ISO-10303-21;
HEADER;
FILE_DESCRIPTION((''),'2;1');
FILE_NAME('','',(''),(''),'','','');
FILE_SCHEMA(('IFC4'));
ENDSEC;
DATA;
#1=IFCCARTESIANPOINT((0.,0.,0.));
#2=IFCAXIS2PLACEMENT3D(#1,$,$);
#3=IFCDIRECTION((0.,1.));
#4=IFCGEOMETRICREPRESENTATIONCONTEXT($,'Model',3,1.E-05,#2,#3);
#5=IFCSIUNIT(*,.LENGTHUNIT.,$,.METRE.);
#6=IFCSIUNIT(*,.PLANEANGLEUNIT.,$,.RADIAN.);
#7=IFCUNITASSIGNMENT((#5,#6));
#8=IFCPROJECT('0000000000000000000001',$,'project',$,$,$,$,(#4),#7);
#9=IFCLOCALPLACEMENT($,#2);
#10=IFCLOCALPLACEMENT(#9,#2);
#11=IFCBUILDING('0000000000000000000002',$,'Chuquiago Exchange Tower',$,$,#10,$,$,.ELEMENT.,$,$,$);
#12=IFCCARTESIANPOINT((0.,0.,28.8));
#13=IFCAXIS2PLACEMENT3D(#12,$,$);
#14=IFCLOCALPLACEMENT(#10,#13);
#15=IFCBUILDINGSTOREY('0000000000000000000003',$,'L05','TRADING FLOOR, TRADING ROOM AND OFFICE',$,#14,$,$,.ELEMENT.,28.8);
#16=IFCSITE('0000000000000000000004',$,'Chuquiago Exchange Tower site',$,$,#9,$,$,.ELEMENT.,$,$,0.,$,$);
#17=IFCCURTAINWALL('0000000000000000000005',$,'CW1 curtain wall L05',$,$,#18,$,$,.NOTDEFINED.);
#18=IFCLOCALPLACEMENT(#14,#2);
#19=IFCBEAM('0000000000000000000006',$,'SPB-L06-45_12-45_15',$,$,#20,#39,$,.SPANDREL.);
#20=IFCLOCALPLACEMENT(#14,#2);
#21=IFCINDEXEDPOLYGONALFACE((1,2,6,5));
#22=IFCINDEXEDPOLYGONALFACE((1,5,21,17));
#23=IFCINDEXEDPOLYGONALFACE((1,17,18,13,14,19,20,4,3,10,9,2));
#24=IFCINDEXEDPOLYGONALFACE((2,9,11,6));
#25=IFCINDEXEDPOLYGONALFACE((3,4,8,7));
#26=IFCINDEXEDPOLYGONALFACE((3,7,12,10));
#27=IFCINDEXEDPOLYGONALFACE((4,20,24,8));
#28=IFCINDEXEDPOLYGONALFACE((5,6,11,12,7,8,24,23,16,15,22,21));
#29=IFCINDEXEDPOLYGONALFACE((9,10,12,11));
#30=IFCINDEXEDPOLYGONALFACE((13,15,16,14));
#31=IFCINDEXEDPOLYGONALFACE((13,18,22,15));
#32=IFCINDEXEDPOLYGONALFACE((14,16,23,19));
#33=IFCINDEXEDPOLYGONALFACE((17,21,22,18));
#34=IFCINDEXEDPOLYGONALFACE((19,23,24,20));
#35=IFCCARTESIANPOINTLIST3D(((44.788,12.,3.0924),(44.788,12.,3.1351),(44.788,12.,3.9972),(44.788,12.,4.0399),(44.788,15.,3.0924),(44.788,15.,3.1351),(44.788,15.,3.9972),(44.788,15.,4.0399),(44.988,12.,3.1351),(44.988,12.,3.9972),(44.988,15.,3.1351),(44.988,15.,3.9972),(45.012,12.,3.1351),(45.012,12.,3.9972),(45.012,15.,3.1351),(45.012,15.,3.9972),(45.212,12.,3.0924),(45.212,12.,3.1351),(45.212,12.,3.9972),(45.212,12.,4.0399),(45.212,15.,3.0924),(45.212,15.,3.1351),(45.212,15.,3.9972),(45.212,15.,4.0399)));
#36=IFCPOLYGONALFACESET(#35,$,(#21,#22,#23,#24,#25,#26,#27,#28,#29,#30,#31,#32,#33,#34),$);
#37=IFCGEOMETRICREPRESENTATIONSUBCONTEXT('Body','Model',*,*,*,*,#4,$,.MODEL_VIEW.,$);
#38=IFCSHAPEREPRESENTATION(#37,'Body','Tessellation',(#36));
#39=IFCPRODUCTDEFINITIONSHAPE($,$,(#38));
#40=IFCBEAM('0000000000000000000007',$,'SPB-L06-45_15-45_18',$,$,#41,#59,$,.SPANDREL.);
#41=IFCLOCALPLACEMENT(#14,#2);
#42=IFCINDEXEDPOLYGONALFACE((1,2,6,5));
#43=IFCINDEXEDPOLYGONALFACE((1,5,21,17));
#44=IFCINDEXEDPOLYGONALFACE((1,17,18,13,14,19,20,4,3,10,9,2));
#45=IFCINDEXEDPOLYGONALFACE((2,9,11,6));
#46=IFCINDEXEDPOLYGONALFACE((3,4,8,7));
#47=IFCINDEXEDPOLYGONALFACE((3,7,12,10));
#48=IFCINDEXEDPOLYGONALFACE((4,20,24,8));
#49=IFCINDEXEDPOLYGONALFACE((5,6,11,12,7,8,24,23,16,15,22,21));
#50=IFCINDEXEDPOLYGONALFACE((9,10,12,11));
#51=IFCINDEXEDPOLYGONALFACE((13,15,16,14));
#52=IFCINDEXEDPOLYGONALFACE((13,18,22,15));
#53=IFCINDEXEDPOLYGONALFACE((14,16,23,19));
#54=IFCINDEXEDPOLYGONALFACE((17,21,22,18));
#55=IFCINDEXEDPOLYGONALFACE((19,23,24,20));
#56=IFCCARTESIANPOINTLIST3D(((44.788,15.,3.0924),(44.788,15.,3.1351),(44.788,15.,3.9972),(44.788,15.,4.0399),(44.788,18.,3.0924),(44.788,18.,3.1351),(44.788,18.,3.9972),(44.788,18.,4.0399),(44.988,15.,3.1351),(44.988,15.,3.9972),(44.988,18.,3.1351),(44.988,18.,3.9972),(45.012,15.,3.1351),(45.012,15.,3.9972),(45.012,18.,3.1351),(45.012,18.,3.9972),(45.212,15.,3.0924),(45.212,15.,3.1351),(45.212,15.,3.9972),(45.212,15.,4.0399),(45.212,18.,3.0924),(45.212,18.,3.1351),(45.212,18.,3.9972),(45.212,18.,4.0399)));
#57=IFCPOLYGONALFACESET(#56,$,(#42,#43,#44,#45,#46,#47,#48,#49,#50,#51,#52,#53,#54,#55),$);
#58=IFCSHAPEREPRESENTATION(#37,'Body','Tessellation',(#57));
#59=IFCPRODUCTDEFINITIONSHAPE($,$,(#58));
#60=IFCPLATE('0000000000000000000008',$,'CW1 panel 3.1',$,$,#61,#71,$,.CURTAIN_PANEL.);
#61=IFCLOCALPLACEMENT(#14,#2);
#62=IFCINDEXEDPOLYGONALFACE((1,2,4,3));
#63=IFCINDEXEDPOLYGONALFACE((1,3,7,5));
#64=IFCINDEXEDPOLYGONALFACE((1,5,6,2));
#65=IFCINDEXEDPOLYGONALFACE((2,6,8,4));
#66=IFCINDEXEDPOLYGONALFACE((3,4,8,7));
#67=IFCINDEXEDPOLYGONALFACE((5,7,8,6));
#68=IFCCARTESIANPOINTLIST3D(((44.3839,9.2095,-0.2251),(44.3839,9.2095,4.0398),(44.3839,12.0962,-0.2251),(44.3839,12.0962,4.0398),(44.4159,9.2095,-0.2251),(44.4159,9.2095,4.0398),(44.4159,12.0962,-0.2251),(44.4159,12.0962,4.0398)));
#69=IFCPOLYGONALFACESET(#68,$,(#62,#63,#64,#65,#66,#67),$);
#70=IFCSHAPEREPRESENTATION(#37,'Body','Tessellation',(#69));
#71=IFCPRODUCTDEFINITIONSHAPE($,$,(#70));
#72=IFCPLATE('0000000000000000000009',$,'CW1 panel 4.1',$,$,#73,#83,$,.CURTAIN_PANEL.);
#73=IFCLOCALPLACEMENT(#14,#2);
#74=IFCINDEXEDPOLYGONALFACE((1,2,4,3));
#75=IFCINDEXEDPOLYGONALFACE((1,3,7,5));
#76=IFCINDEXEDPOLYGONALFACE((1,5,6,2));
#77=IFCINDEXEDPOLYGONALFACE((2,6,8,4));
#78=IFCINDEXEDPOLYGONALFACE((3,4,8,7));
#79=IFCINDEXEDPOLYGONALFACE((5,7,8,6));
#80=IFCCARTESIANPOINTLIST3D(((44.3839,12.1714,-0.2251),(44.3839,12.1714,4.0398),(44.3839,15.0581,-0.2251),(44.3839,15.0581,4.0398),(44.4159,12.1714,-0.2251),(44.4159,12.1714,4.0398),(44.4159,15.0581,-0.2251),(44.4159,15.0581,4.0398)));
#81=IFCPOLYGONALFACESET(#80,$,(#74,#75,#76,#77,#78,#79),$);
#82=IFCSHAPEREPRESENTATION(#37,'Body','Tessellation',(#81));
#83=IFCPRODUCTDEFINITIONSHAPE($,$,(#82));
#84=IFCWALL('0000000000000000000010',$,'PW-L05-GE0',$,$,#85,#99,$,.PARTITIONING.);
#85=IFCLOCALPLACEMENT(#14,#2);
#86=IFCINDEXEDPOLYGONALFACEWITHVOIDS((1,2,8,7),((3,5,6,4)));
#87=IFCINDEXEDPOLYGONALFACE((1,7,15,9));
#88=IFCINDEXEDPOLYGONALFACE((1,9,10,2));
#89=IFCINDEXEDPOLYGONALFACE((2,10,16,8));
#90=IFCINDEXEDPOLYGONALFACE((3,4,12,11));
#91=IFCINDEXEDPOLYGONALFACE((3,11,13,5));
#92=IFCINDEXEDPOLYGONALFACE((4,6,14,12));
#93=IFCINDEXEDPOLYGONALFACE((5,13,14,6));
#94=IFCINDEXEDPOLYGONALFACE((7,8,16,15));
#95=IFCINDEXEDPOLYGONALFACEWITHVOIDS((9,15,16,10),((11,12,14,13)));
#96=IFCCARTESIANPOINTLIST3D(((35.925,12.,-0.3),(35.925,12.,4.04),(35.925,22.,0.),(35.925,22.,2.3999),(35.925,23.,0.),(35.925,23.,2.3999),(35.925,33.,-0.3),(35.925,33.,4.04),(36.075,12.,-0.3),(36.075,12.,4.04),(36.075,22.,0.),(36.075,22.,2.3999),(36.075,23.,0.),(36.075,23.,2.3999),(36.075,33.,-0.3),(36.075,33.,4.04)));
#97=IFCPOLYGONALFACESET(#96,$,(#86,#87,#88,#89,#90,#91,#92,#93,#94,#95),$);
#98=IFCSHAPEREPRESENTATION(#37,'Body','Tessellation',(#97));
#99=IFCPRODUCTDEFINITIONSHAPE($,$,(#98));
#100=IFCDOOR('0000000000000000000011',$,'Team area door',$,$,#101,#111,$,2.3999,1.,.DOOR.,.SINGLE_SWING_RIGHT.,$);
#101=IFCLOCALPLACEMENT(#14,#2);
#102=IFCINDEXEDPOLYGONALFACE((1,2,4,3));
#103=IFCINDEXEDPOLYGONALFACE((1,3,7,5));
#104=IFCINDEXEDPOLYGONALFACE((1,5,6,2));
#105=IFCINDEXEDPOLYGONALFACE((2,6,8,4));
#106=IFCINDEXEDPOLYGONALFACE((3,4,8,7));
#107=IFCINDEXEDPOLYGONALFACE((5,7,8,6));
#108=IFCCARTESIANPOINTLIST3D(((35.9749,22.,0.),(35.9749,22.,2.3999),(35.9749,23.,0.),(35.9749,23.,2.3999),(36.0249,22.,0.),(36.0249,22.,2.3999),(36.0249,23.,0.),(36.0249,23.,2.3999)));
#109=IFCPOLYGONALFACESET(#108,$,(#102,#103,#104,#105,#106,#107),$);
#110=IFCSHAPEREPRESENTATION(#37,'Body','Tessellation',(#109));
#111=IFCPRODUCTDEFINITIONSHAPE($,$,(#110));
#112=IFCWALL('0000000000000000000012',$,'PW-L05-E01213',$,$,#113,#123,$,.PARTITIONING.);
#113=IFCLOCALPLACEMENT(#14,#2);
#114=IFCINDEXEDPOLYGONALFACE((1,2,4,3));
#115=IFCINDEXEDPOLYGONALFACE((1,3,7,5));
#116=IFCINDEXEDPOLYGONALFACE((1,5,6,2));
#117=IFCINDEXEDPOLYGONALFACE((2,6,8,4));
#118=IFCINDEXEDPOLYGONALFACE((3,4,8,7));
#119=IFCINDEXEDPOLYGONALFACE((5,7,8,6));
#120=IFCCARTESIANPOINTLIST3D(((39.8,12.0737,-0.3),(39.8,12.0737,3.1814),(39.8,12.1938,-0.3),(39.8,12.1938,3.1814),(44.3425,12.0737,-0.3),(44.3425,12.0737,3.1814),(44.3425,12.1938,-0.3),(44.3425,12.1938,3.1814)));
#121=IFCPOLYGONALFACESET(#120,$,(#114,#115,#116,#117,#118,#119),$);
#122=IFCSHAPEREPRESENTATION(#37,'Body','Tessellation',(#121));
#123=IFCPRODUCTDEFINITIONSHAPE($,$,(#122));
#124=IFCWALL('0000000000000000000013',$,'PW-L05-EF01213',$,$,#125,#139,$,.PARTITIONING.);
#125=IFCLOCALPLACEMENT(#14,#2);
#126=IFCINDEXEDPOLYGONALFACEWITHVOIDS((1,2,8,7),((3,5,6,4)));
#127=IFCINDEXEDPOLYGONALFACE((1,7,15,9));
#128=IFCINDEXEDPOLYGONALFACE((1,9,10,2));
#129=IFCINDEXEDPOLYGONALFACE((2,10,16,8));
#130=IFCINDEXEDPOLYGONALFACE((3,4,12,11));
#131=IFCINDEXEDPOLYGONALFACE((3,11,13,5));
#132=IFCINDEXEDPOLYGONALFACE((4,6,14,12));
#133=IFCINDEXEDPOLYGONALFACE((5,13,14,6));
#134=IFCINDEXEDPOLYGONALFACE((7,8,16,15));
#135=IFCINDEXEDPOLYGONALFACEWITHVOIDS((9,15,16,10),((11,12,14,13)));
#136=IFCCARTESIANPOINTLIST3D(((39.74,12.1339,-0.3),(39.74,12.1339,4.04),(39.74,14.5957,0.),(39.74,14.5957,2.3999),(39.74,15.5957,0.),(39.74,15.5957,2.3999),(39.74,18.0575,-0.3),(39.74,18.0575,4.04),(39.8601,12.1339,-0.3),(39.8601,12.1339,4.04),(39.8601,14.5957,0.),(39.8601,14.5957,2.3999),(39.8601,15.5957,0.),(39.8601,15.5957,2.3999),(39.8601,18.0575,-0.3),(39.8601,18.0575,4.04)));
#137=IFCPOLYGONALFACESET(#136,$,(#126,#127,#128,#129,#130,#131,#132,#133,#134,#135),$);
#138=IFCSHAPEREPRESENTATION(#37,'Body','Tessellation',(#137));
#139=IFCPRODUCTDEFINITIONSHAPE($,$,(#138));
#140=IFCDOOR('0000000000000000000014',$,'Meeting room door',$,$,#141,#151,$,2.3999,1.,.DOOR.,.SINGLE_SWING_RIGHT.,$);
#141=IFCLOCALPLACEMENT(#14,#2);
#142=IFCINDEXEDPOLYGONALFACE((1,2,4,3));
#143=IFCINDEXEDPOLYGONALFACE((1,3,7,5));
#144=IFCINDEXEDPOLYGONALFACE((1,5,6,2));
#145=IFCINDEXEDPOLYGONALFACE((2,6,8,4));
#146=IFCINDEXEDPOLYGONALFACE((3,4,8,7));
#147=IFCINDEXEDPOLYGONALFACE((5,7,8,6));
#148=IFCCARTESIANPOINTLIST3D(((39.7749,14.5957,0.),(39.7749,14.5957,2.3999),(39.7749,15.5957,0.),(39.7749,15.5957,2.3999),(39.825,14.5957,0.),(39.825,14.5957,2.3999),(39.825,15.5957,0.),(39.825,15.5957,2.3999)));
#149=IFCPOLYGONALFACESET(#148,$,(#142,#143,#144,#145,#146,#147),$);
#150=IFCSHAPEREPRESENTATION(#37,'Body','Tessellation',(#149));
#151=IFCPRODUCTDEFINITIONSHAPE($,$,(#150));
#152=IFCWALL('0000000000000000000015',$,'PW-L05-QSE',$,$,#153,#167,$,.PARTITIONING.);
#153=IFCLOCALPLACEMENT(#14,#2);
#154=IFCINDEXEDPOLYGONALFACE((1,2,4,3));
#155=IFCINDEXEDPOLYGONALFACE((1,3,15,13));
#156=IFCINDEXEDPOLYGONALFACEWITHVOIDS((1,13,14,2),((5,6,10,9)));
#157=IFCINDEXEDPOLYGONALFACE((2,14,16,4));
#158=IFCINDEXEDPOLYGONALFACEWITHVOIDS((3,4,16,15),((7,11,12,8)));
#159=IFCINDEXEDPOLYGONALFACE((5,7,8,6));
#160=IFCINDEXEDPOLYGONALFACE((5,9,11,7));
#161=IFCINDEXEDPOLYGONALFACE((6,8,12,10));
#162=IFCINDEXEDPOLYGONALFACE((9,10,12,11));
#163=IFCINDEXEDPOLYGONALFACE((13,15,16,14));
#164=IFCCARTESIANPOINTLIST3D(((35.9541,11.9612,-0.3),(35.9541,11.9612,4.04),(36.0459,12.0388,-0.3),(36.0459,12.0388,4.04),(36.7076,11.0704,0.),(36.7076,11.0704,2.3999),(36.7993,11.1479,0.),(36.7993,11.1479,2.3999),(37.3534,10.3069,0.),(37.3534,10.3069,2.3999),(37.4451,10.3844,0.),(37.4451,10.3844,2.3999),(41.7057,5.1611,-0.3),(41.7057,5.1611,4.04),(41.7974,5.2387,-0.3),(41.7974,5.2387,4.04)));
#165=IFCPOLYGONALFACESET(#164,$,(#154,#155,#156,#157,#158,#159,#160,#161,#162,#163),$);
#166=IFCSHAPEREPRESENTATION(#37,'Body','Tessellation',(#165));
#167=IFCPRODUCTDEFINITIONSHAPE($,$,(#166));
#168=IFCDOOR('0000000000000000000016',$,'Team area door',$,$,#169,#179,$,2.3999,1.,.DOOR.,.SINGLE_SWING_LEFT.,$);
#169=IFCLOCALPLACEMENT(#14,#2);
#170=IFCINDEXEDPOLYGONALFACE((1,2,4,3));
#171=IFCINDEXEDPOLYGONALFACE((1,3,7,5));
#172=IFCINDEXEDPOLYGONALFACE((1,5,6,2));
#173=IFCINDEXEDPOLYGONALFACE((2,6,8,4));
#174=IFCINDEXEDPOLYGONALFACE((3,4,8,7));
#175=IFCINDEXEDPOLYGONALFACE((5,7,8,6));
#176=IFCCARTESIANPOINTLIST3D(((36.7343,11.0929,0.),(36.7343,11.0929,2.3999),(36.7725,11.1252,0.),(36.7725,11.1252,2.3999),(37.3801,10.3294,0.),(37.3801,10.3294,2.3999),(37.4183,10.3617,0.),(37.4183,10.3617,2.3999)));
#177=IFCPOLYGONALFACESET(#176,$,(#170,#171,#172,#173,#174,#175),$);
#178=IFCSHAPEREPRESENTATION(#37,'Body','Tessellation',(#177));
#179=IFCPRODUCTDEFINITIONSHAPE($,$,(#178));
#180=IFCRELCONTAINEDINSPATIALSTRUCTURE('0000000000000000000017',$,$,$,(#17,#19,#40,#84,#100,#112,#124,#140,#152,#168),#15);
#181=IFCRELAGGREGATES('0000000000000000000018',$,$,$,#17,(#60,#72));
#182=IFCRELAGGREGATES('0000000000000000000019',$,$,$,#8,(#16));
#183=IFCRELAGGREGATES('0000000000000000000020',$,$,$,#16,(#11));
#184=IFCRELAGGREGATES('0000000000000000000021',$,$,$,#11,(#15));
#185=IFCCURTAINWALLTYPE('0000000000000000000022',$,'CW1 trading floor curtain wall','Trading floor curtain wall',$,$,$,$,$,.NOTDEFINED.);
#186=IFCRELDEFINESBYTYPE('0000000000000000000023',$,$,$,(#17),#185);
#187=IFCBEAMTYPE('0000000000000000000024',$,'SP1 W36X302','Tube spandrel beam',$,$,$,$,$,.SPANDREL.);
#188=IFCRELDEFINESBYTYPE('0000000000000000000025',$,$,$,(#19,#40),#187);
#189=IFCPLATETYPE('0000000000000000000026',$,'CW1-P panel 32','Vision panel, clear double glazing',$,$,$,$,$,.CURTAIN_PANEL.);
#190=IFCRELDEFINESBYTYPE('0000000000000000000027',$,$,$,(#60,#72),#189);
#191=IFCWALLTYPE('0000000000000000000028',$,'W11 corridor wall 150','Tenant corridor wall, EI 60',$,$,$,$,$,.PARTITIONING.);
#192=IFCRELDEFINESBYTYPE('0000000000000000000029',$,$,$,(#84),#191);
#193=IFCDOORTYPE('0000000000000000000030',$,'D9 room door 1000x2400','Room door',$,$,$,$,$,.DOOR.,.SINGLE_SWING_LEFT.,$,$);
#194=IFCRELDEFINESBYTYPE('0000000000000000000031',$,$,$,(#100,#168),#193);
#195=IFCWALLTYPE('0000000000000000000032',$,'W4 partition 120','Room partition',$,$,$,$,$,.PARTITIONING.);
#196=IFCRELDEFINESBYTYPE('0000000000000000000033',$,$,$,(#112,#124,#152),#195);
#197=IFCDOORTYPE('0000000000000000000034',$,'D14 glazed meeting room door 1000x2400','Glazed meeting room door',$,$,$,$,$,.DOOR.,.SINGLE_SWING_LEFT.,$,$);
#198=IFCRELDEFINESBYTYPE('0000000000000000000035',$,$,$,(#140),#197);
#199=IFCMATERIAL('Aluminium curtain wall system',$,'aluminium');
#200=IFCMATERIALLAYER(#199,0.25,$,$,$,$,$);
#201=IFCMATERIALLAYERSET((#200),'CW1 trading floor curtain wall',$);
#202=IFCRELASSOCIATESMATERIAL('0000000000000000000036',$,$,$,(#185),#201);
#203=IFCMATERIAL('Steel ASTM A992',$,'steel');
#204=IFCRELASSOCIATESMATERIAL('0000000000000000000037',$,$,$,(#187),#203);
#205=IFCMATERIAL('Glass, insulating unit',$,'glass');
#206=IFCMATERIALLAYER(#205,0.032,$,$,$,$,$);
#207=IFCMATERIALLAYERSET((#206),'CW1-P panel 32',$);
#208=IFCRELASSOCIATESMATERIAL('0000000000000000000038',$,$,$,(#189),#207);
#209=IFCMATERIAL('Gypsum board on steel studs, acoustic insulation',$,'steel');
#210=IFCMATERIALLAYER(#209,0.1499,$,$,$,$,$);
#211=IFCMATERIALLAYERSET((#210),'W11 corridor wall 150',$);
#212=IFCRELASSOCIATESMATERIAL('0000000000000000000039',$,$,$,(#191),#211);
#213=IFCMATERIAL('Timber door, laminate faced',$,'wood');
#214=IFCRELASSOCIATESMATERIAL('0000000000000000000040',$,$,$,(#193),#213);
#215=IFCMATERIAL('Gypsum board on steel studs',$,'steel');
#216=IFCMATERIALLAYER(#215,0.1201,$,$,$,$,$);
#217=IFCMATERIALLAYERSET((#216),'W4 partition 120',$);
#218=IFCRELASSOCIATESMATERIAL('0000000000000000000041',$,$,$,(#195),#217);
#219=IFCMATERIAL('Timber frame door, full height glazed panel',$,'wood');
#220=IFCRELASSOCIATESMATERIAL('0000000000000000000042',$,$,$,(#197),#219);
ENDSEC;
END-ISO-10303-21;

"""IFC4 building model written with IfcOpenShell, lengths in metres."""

from ifc_helpers import new_model, si_unit, direction, frame, frame_2d, origin, origin_2d, place, context, subcontext, project, spatial, rectangle, i_section, extrude, material, layer, layer_set, material_profile, profile_set, type_object, element, fill, aggregate, save


model = new_model("IFC4")

# Units and contexts
model_context = context("Model", 3, precision=1e-05, world=origin(), true_north=direction((0.0, 1.0)))
body_context = subcontext(model_context, "Body", "Model", "MODEL_VIEW")
ifc_project = project(units=[si_unit("LENGTHUNIT", "METRE"), si_unit("PLANEANGLEUNIT", "RADIAN")], contexts=[model_context])

# Site, building, storey
site_placement = place(None, origin())
site = spatial("IfcSite", under=ifc_project, at=site_placement, Name="Chuquiago Exchange Tower site", CompositionType="ELEMENT", RefElevation=0.0)
building_placement = place(site_placement, origin())
building = spatial("IfcBuilding", under=site, at=building_placement, Name="Chuquiago Exchange Tower", CompositionType="ELEMENT")
storey_placement = place(building_placement, frame((0.0, 0.0, 28.8)))
storey = spatial("IfcBuildingStorey", under=building, at=storey_placement, Name="L05", Description="TRADING FLOOR, TRADING ROOM AND OFFICE", CompositionType="ELEMENT", Elevation=28.8)

# Curtain wall
ifc_material_1 = material(Name="Aluminium curtain wall system", Category="aluminium")
ifc_layer_1 = layer(ifc_material_1, 0.25)
ifc_layer_set_1 = layer_set([ifc_layer_1], Name="CW1 trading floor curtain wall")
curtain_wall_type = type_object("IfcCurtainWallType", Name="CW1 trading floor curtain wall", Description="Trading floor curtain wall", PredefinedType="NOTDEFINED", material=ifc_layer_set_1)
curtain_wall_placement = place(storey_placement, origin())
curtain_wall = element("IfcCurtainWall", 1, at=curtain_wall_placement, inside=storey, type_object=curtain_wall_type, Name="CW1 curtain wall L05", PredefinedType="NOTDEFINED")

# Beams
ifc_material_2 = material(Name="Steel ASTM A992", Category="steel")
ifc_material_profile_1 = material_profile(ifc_material_2, i_section(OverallWidth=0.4241, OverallDepth=0.9475, WebThickness=0.0239, FlangeThickness=0.0427, at=origin_2d()), Name="W36X302")
ifc_profile_set_1 = profile_set([ifc_material_profile_1], Name="Steel ASTM A992")
beam_type = type_object("IfcBeamType", Name="SP1 W36X302", Description="Tube spandrel beam", PredefinedType="SPANDREL", material=ifc_profile_set_1)
for number, where, z_axis, x_axis, name in (
    (2, (45.0, 12.0, 3.5662), (0.0, 1.0, 0.0), (-1.0, 0.0, 0.0), "SPB-L06-45_12-45_15"),
    (3, (45.0, 15.0, 3.5662), (0.0, 1.0, 0.0), (-1.0, 0.0, 0.0), "SPB-L06-45_15-45_18"),
):
    element("IfcBeam", number, at=place(storey_placement, frame(where, z_axis=z_axis, x_axis=x_axis)), inside=storey, type_object=beam_type, Name=name, PredefinedType="SPANDREL", context=body_context, shape_type="SweptSolid", body=[
        extrude(i_section(OverallWidth=0.4241, OverallDepth=0.9475, WebThickness=0.0239, FlangeThickness=0.0427, at=origin_2d()), origin(), (0.0, 0.0, 1.0), 3.0),
    ])

# Plates
ifc_material_3 = material(Name="Glass, insulating unit", Category="glass")
ifc_layer_2 = layer(ifc_material_3, 0.032)
ifc_layer_set_2 = layer_set([ifc_layer_2], Name="CW1-P panel 32")
plate_type = type_object("IfcPlateType", Name="CW1-P panel 32", Description="Vision panel, clear double glazing", PredefinedType="CURTAIN_PANEL", material=ifc_layer_set_2)
plate_1_placement = place(storey_placement, frame((44.3999, 10.6528, -0.2251), z_axis=(0.0, 0.0, 1.0), x_axis=(0.0, 1.0, 0.0)))
plate_1 = element("IfcPlate", 4, at=plate_1_placement, type_object=plate_type, Name="CW1 panel 3.1", PredefinedType="CURTAIN_PANEL", context=body_context, shape_type="SweptSolid", body=[
    extrude(rectangle(XDim=2.8867, YDim=0.032, at=origin_2d()), origin(), (0.0, 0.0, 1.0), 4.2649),
])
plate_2_placement = place(storey_placement, frame((44.3999, 13.6147, -0.2251), z_axis=(0.0, 0.0, 1.0), x_axis=(0.0, 1.0, 0.0)))
plate_2 = element("IfcPlate", 5, at=plate_2_placement, type_object=plate_type, Name="CW1 panel 4.1", PredefinedType="CURTAIN_PANEL", context=body_context, shape_type="SweptSolid", body=[
    extrude(rectangle(XDim=2.8867, YDim=0.032, at=origin_2d()), origin(), (0.0, 0.0, 1.0), 4.2649),
])
aggregate(curtain_wall, [plate_1, plate_2])

# Wall, opening, door
ifc_material_4 = material(Name="Gypsum board on steel studs, acoustic insulation", Category="steel")
ifc_layer_3 = layer(ifc_material_4, 0.1499)
ifc_layer_set_3 = layer_set([ifc_layer_3], Name="W11 corridor wall 150")
wall_type_1 = type_object("IfcWallType", Name="W11 corridor wall 150", Description="Tenant corridor wall, EI 60", PredefinedType="PARTITIONING", material=ifc_layer_set_3)
wall_1_placement = place(storey_placement, frame((36.0, 12.0, -0.3), z_axis=(0.0, 0.0, 1.0), x_axis=(0.0, 1.0, 0.0)))
wall_1 = element("IfcWall", 6, at=wall_1_placement, inside=storey, type_object=wall_type_1, Name="PW-L05-GE0", PredefinedType="PARTITIONING", context=body_context, shape_type="SweptSolid", body=[
    extrude(rectangle(XDim=21.0, YDim=0.1499, at=frame_2d((10.5, 0.0))), origin(), (0.0, 0.0, 1.0), 4.3401),
])
opening_1_placement = place(wall_1_placement, frame((10.0, 0.0, 0.3)))
opening_1 = element("IfcOpeningElement", 7, at=opening_1_placement, cuts=wall_1, PredefinedType="OPENING", context=body_context, shape_type="SweptSolid", body=[
    extrude(rectangle(XDim=1.0, YDim=2.3999, at=frame_2d((0.5, 1.2))), frame((0.0, 0.085, 0.0), z_axis=(0.0, -1.0, 0.0), x_axis=(1.0, 0.0, 0.0)), (0.0, 0.0, 1.0), 0.1699),
])
ifc_material_5 = material(Name="Timber door, laminate faced", Category="wood")
door_type_1 = type_object("IfcDoorType", Name="D9 room door 1000x2400", Description="Room door", OperationType="SINGLE_SWING_LEFT", PredefinedType="DOOR", material=ifc_material_5)
door_1_placement = place(opening_1_placement, frame((1.0, 0.0, 0.0), z_axis=(0.0, 0.0, 1.0), x_axis=(-1.0, 0.0, 0.0)))
door_1 = element("IfcDoor", 8, at=door_1_placement, inside=storey, type_object=door_type_1, Name="Team area door", OperationType="SINGLE_SWING_RIGHT", OverallHeight=2.3999, OverallWidth=1.0, PredefinedType="DOOR", context=body_context, shape_type="SweptSolid", body=[
    extrude(rectangle(XDim=1.0, YDim=2.3999, at=frame_2d((0.5, 1.2))), frame((0.0, 0.0249, 0.0), z_axis=(0.0, -1.0, 0.0), x_axis=(1.0, 0.0, 0.0)), (0.0, 0.0, 1.0), 0.05),
])
fill(opening_1, door_1)

# Wall
ifc_material_6 = material(Name="Gypsum board on steel studs", Category="steel")
ifc_layer_4 = layer(ifc_material_6, 0.1201)
ifc_layer_set_4 = layer_set([ifc_layer_4], Name="W4 partition 120")
wall_type_2 = type_object("IfcWallType", Name="W4 partition 120", Description="Room partition", PredefinedType="PARTITIONING", material=ifc_layer_set_4)
wall_2_placement = place(storey_placement, frame((44.3425, 12.1338, -0.3), z_axis=(0.0, 0.0, 1.0), x_axis=(-1.0, 0.0, 0.0)))
element("IfcWall", 9, at=wall_2_placement, inside=storey, type_object=wall_type_2, Name="PW-L05-E01213", PredefinedType="PARTITIONING", context=body_context, shape_type="SweptSolid", body=[
    extrude(rectangle(XDim=4.5425, YDim=0.1201, at=frame_2d((2.2712, 0.0))), origin(), (0.0, 0.0, 1.0), 3.4814),
])

# Walls, openings, doors
wall_3_placement = place(storey_placement, frame((39.8, 12.1338, -0.3), z_axis=(0.0, 0.0, 1.0), x_axis=(0.0, 1.0, 0.0)))
wall_3 = element("IfcWall", 10, at=wall_3_placement, inside=storey, type_object=wall_type_2, Name="PW-L05-EF01213", PredefinedType="PARTITIONING", context=body_context, shape_type="SweptSolid", body=[
    extrude(rectangle(XDim=5.9236, YDim=0.1201, at=frame_2d((2.9619, 0.0))), origin(), (0.0, 0.0, 1.0), 4.3401),
])
opening_2_placement = place(wall_3_placement, frame((2.4619, 0.0, 0.3)))
opening_2 = element("IfcOpeningElement", 11, at=opening_2_placement, cuts=wall_3, PredefinedType="OPENING", context=body_context, shape_type="SweptSolid", body=[
    extrude(rectangle(XDim=1.0, YDim=2.3999, at=frame_2d((0.5, 1.2))), frame((0.0, 0.0701, 0.0), z_axis=(0.0, -1.0, 0.0), x_axis=(1.0, 0.0, 0.0)), (0.0, 0.0, 1.0), 0.1401),
])
ifc_material_7 = material(Name="Timber frame door, full height glazed panel", Category="wood")
door_type_2 = type_object("IfcDoorType", Name="D14 glazed meeting room door 1000x2400", Description="Glazed meeting room door", OperationType="SINGLE_SWING_LEFT", PredefinedType="DOOR", material=ifc_material_7)
door_2_placement = place(opening_2_placement, frame((1.0, 0.0, 0.0), z_axis=(0.0, 0.0, 1.0), x_axis=(-1.0, 0.0, 0.0)))
door_2 = element("IfcDoor", 12, at=door_2_placement, inside=storey, type_object=door_type_2, Name="Meeting room door", OperationType="SINGLE_SWING_RIGHT", OverallHeight=2.3999, OverallWidth=1.0, PredefinedType="DOOR", context=body_context, shape_type="SweptSolid", body=[
    extrude(rectangle(XDim=1.0, YDim=2.3999, at=frame_2d((0.5, 1.2))), frame((0.0, 0.0249, 0.0), z_axis=(0.0, -1.0, 0.0), x_axis=(1.0, 0.0, 0.0)), (0.0, 0.0, 1.0), 0.05),
])
fill(opening_2, door_2)
wall_4_placement = place(storey_placement, frame((36.0, 12.0, -0.3), z_axis=(0.0, 0.0, 1.0), x_axis=(0.645784, -0.76352, 0.0)))
wall_4 = element("IfcWall", 13, at=wall_4_placement, inside=storey, type_object=wall_type_2, Name="PW-L05-QSE", PredefinedType="PARTITIONING", context=body_context, shape_type="SweptSolid", body=[
    extrude(rectangle(XDim=8.9062, YDim=0.1201, at=frame_2d((4.4531, 0.0))), origin(), (0.0, 0.0, 1.0), 4.3401),
])
opening_3_placement = place(wall_4_placement, frame((1.1667, 0.0, 0.3)))
opening_3 = element("IfcOpeningElement", 14, at=opening_3_placement, cuts=wall_4, PredefinedType="OPENING", context=body_context, shape_type="SweptSolid", body=[
    extrude(rectangle(XDim=1.0, YDim=2.3999, at=frame_2d((0.5, 1.2))), frame((0.0, 0.0701, 0.0), z_axis=(0.0, -1.0, 0.0), x_axis=(1.0, 0.0, 0.0)), (0.0, 0.0, 1.0), 0.1401),
])
door_3_placement = place(opening_3_placement, origin())
door_3 = element("IfcDoor", 15, at=door_3_placement, inside=storey, type_object=door_type_1, Name="Team area door", OperationType="SINGLE_SWING_LEFT", OverallHeight=2.3999, OverallWidth=1.0, PredefinedType="DOOR", context=body_context, shape_type="SweptSolid", body=[
    extrude(rectangle(XDim=1.0, YDim=2.3999, at=frame_2d((0.5, 1.2))), frame((0.0, 0.0249, 0.0), z_axis=(0.0, -1.0, 0.0), x_axis=(1.0, 0.0, 0.0)), (0.0, 0.0, 1.0), 0.05),
])
fill(opening_3, door_3)

save(model, "model.ifc")
